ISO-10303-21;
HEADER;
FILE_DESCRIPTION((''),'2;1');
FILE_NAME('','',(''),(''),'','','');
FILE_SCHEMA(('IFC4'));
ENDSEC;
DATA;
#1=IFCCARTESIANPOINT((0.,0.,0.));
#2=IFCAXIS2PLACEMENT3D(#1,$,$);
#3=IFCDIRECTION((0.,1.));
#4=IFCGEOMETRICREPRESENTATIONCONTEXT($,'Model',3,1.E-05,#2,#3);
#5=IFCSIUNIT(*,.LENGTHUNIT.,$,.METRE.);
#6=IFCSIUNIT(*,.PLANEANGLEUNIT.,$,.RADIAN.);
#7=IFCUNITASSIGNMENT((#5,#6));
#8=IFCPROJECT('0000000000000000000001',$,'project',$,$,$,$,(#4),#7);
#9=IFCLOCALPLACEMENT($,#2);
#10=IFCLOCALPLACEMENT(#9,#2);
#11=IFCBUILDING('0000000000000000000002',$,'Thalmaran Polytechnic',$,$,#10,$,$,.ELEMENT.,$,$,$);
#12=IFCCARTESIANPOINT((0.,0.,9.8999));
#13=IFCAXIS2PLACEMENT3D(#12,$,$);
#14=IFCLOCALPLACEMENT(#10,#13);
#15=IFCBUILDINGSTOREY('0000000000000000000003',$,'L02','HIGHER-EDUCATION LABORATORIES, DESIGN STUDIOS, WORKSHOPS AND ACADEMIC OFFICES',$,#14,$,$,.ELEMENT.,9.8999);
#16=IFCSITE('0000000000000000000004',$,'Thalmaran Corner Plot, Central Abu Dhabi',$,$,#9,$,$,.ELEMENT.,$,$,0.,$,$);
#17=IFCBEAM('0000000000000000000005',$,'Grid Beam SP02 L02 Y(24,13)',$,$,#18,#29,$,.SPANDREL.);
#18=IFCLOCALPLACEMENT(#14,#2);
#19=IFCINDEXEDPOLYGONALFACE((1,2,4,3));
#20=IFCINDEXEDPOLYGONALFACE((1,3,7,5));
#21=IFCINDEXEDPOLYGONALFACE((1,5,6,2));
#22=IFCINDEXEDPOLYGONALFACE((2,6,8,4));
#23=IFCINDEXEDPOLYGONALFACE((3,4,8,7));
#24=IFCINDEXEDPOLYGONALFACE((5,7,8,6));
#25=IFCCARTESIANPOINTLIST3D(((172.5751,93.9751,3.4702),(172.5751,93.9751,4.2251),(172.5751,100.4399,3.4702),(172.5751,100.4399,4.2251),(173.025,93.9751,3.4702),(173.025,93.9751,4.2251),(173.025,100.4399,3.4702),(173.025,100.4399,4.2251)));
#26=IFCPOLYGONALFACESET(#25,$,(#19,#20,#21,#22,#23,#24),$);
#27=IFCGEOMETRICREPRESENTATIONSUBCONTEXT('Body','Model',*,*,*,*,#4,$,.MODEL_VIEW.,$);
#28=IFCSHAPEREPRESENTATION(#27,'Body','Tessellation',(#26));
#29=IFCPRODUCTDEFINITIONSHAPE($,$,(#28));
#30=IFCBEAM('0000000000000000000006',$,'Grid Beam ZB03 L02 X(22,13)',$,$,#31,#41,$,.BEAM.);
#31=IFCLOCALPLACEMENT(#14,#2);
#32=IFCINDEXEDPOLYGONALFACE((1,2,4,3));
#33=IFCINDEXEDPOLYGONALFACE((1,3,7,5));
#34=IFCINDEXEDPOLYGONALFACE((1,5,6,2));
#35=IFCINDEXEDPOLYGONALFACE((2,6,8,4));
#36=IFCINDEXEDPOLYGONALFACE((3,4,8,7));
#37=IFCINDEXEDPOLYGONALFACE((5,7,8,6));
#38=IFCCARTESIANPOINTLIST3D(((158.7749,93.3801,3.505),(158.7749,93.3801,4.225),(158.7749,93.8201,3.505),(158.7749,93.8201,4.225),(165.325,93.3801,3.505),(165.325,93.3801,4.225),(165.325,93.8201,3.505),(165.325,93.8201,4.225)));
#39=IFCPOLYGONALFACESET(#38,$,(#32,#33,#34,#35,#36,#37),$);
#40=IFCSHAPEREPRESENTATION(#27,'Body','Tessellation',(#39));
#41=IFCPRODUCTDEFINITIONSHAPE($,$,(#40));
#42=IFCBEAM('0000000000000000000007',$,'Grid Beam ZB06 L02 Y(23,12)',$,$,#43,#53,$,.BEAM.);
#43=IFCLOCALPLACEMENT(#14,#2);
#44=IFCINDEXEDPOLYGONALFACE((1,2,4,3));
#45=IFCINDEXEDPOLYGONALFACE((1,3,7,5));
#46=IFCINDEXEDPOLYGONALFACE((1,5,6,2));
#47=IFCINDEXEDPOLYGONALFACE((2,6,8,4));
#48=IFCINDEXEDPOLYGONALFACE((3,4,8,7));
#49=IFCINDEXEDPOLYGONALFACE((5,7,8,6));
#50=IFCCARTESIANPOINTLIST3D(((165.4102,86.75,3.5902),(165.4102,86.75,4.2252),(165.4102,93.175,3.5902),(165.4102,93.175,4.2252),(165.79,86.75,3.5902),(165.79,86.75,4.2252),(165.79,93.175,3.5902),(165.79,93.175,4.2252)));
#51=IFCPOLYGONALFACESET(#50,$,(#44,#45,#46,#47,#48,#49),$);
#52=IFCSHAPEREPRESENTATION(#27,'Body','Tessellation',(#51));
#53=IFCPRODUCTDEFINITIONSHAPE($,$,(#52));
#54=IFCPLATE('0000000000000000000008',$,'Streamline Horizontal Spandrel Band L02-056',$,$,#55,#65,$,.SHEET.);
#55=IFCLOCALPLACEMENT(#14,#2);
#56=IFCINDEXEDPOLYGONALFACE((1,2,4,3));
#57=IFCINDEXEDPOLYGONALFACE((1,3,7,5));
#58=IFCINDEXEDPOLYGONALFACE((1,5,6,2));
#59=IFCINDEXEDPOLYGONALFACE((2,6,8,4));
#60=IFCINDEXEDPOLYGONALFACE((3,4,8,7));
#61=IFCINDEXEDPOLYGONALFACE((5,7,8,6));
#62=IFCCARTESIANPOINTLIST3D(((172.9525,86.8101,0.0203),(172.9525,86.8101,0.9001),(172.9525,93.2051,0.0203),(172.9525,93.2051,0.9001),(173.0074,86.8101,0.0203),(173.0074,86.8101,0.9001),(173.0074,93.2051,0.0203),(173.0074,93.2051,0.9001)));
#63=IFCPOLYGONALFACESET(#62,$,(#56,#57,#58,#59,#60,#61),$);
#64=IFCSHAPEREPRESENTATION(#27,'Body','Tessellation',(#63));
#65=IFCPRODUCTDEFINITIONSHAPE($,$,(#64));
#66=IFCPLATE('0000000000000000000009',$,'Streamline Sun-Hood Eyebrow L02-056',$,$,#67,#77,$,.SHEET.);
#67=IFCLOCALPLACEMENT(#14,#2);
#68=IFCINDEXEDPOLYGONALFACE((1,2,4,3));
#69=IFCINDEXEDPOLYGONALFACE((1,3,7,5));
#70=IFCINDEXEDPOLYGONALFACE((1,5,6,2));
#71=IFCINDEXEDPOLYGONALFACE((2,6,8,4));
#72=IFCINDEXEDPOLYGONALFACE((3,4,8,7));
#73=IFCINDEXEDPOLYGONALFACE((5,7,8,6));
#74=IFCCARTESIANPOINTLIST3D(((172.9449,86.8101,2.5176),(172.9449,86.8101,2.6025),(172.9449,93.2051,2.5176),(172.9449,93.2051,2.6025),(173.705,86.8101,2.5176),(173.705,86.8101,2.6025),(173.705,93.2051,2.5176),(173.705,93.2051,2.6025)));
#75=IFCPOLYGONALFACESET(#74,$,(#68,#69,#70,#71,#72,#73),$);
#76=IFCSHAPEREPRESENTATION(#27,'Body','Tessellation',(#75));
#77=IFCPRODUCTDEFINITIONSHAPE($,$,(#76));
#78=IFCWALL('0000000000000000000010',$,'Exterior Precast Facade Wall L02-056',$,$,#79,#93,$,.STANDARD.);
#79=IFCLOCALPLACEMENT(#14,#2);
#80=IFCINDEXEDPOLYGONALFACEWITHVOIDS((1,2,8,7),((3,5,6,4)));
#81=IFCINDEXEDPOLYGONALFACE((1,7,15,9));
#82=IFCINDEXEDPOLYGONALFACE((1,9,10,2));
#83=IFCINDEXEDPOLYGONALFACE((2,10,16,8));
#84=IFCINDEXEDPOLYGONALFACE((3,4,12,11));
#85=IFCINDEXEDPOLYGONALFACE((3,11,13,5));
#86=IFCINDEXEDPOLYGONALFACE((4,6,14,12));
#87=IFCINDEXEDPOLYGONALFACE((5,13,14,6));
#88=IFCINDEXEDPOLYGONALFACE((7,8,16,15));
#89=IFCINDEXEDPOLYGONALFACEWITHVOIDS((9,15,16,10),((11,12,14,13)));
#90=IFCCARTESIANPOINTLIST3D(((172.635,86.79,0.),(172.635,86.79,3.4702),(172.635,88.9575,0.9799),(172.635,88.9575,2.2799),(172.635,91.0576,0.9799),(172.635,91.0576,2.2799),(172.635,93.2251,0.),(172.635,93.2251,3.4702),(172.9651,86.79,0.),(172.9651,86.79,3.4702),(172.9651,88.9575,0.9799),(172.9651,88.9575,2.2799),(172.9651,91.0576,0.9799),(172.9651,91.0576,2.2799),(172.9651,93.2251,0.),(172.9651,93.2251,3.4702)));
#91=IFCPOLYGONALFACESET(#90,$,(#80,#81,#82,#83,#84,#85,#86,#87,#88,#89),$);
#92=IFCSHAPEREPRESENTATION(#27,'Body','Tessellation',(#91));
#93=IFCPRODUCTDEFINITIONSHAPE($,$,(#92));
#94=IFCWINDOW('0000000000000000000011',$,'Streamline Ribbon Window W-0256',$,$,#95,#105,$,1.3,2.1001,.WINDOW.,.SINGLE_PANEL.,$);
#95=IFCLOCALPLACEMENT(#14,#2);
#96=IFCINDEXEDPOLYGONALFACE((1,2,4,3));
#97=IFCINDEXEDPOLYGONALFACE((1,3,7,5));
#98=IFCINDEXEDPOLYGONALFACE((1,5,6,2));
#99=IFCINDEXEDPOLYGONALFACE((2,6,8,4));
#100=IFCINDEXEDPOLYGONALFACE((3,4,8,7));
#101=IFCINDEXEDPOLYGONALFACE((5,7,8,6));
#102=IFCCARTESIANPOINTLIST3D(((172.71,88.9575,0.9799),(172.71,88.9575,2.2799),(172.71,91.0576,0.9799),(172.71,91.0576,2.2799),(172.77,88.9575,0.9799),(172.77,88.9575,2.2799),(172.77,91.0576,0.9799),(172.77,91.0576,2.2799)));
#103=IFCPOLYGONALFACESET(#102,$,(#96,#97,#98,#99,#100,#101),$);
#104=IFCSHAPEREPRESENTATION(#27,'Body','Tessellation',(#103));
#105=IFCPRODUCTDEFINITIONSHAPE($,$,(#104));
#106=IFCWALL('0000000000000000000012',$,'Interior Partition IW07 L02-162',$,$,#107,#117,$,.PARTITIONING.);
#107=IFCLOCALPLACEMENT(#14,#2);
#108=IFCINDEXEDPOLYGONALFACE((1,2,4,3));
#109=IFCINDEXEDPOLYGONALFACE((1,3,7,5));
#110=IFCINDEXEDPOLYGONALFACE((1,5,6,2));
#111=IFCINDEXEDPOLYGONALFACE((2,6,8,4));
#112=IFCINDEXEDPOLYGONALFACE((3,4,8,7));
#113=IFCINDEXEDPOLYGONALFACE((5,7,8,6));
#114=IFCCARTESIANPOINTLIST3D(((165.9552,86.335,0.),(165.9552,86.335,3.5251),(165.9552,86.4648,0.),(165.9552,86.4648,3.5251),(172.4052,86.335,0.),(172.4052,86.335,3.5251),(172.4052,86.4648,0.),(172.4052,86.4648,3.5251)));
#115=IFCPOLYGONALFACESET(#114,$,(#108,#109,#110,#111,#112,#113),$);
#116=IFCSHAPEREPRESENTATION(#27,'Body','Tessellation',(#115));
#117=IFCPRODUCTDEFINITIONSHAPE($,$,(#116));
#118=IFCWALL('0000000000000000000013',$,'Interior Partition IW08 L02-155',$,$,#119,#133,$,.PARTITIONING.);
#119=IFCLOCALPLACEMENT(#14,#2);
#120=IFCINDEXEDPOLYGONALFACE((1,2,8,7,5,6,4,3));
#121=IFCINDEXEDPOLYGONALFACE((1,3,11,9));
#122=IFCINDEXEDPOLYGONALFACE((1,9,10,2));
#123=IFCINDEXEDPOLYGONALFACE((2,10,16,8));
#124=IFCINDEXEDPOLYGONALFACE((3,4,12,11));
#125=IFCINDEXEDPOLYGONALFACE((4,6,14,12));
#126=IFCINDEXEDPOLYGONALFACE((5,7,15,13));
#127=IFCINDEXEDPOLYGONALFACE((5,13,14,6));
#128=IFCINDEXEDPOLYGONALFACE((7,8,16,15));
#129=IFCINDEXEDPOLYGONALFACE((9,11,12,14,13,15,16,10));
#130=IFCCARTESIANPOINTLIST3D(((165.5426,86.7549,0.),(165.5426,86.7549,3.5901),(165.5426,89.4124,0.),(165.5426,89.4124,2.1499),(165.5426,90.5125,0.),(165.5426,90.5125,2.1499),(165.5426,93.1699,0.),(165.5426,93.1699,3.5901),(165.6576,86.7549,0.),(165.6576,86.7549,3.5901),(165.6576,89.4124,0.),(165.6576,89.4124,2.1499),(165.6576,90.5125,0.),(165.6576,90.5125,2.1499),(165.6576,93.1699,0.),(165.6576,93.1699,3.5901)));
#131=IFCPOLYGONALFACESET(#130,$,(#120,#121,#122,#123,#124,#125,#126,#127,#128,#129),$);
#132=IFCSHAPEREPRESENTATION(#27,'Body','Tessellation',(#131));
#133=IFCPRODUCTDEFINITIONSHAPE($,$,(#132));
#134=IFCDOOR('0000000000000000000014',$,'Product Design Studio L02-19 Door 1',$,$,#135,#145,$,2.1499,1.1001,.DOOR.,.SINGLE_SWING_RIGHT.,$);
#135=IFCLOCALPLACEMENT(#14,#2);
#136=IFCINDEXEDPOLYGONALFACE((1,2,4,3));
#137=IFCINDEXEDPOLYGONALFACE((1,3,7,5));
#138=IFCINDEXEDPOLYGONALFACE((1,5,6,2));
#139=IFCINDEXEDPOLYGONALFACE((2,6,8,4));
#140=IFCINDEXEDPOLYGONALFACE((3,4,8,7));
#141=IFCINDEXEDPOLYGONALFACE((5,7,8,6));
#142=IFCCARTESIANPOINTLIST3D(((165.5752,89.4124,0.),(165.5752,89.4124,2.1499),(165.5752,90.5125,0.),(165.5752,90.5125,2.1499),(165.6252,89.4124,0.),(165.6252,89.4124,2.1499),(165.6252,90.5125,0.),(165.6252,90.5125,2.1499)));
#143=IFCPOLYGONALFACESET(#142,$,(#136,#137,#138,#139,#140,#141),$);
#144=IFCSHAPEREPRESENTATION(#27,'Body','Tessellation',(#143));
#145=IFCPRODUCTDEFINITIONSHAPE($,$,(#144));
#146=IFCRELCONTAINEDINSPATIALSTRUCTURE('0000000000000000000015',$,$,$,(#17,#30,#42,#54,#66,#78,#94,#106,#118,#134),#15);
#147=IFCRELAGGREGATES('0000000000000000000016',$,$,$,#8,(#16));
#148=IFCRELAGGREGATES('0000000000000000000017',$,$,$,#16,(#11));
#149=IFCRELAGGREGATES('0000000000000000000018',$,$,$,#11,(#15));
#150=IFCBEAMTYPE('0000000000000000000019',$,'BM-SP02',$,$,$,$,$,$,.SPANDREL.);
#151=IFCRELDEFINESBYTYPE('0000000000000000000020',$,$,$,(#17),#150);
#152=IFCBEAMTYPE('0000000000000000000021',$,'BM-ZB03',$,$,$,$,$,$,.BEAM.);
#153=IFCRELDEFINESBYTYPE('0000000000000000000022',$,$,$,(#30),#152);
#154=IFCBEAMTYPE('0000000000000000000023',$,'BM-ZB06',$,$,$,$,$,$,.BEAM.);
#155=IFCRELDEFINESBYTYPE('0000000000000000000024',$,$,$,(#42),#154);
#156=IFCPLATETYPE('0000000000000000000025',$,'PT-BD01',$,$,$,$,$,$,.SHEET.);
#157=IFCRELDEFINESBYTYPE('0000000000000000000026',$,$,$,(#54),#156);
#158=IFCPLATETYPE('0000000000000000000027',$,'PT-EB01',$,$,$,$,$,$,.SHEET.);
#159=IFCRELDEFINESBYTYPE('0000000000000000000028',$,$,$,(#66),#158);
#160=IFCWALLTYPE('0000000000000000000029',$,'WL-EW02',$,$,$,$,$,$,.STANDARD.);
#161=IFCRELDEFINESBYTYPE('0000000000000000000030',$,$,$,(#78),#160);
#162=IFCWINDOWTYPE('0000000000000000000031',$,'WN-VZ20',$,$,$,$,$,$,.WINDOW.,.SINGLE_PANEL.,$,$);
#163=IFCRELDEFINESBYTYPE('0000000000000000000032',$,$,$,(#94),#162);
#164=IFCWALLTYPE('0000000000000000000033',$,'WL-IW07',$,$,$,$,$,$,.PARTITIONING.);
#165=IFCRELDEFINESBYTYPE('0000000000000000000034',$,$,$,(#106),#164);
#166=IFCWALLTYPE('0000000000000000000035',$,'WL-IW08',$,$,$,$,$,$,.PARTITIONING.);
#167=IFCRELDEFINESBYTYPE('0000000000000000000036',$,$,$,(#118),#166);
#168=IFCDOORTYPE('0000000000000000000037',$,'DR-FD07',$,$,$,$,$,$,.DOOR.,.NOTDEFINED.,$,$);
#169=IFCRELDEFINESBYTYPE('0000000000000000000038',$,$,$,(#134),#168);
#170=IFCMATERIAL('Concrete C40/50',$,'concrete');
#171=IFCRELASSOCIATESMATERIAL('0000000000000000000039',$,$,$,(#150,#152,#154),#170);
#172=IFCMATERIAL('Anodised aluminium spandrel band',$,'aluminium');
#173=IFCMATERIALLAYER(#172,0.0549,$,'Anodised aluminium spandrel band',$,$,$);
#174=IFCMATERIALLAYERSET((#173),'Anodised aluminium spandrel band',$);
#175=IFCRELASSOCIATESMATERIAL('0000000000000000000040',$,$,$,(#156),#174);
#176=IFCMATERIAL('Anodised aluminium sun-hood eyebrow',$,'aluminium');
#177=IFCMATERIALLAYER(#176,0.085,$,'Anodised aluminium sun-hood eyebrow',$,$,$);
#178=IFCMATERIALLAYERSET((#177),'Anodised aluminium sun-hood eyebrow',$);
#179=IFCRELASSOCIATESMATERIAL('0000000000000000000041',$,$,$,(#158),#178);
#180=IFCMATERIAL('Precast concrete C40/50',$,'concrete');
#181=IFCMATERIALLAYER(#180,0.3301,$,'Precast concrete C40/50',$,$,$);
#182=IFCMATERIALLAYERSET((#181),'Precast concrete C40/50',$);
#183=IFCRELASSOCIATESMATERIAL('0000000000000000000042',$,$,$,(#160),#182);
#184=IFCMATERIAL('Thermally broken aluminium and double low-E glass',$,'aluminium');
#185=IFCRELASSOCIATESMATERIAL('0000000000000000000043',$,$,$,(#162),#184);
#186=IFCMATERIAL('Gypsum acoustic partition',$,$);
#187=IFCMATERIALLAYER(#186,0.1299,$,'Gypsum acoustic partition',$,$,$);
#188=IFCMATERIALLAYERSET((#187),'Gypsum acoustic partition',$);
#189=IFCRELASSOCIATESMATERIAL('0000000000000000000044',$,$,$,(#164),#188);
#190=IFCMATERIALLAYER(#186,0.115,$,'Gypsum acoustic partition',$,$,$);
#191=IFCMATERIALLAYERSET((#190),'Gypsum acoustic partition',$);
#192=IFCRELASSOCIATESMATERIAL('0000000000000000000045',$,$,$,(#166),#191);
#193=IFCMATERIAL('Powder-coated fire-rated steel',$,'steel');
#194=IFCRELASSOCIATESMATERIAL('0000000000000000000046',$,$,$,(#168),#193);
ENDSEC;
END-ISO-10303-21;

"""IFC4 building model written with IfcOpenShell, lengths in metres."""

from ifc_helpers import new_model, si_unit, direction, frame, frame_2d, origin, origin_2d, place, context, subcontext, project, spatial, rectangle, extrude, material, layer, layer_set, material_profile, profile_set, type_object, element, fill, save


model = new_model("IFC4")

# Units and contexts
model_context = context("Model", 3, precision=1e-05, world=origin(), true_north=direction((0.0, 1.0)))
body_context = subcontext(model_context, "Body", "Model", "MODEL_VIEW")
ifc_project = project(units=[si_unit("LENGTHUNIT", "METRE"), si_unit("PLANEANGLEUNIT", "RADIAN")], contexts=[model_context])

# Site, building, storey
site_placement = place(None, origin())
site = spatial("IfcSite", under=ifc_project, at=site_placement, Name="Thalmaran Corner Plot, Central Abu Dhabi", CompositionType="ELEMENT", RefElevation=0.0)
building_placement = place(site_placement, origin())
building = spatial("IfcBuilding", under=site, at=building_placement, Name="Thalmaran Polytechnic", CompositionType="ELEMENT")
storey_placement = place(building_placement, frame((0.0, 0.0, 9.8999)))
storey = spatial("IfcBuildingStorey", under=building, at=storey_placement, Name="L02", Description="HIGHER-EDUCATION LABORATORIES, DESIGN STUDIOS, WORKSHOPS AND ACADEMIC OFFICES", CompositionType="ELEMENT", Elevation=9.8999)

# Beams
ifc_material_1 = material(Name="Concrete C40/50", Category="concrete")
ifc_material_profile_1 = material_profile(ifc_material_1, rectangle(XDim=0.45, YDim=0.7549, at=origin_2d()), Name="RC 450x755")
ifc_profile_set_1 = profile_set([ifc_material_profile_1], Name="Concrete C40/50")
beam_type_1 = type_object("IfcBeamType", Name="BM-SP02", PredefinedType="SPANDREL", material=ifc_profile_set_1)
beam_1_placement = place(storey_placement, frame((172.8, 93.9751, 3.8477), z_axis=(0.0, 1.0, 0.0), x_axis=(-1.0, 0.0, 0.0)))
element("IfcBeam", 1, at=beam_1_placement, inside=storey, type_object=beam_type_1, Name="Grid Beam SP02 L02 Y(24,13)", PredefinedType="SPANDREL", context=body_context, shape_type="SweptSolid", body=[
    extrude(rectangle(XDim=0.45, YDim=0.7549, at=origin_2d()), origin(), (0.0, 0.0, 1.0), 6.4648),
])
ifc_material_profile_2 = material_profile(ifc_material_1, rectangle(XDim=0.4399, YDim=0.72, at=origin_2d()), Name="RC 440x720")
ifc_profile_set_2 = profile_set([ifc_material_profile_2], Name="Concrete C40/50")
beam_type_2 = type_object("IfcBeamType", Name="BM-ZB03", PredefinedType="BEAM", material=ifc_profile_set_2)
beam_2_placement = place(storey_placement, frame((158.7749, 93.6001, 3.865), z_axis=(1.0, 0.0, 0.0), x_axis=(0.0, 1.0, 0.0)))
element("IfcBeam", 2, at=beam_2_placement, inside=storey, type_object=beam_type_2, Name="Grid Beam ZB03 L02 X(22,13)", PredefinedType="BEAM", context=body_context, shape_type="SweptSolid", body=[
    extrude(rectangle(XDim=0.4399, YDim=0.72, at=origin_2d()), origin(), (0.0, 0.0, 1.0), 6.55),
])
ifc_material_profile_3 = material_profile(ifc_material_1, rectangle(XDim=0.3799, YDim=0.635, at=origin_2d()), Name="RC 380x635")
ifc_profile_set_3 = profile_set([ifc_material_profile_3], Name="Concrete C40/50")
beam_type_3 = type_object("IfcBeamType", Name="BM-ZB06", PredefinedType="BEAM", material=ifc_profile_set_3)
beam_3_placement = place(storey_placement, frame((165.6001, 86.75, 3.9077), z_axis=(0.0, 1.0, 0.0), x_axis=(-1.0, 0.0, 0.0)))
element("IfcBeam", 3, at=beam_3_placement, inside=storey, type_object=beam_type_3, Name="Grid Beam ZB06 L02 Y(23,12)", PredefinedType="BEAM", context=body_context, shape_type="SweptSolid", body=[
    extrude(rectangle(XDim=0.3799, YDim=0.635, at=origin_2d()), origin(), (0.0, 0.0, 1.0), 6.425),
])

# Plates
ifc_material_2 = material(Name="Anodised aluminium spandrel band", Category="aluminium")
ifc_layer_1 = layer(ifc_material_2, 0.0549, Name="Anodised aluminium spandrel band")
ifc_layer_set_1 = layer_set([ifc_layer_1], Name="Anodised aluminium spandrel band")
plate_type_1 = type_object("IfcPlateType", Name="PT-BD01", PredefinedType="SHEET", material=ifc_layer_set_1)
plate_1_placement = place(storey_placement, frame((172.98, 90.0076, 0.0203), z_axis=(0.0, 0.0, 1.0), x_axis=(0.0, -1.0, 0.0)))
element("IfcPlate", 4, at=plate_1_placement, inside=storey, type_object=plate_type_1, Name="Streamline Horizontal Spandrel Band L02-056", PredefinedType="SHEET", context=body_context, shape_type="SweptSolid", body=[
    extrude(rectangle(XDim=6.395, YDim=0.0549, at=origin_2d()), origin(), (0.0, 0.0, 1.0), 0.8799),
])
ifc_material_3 = material(Name="Anodised aluminium sun-hood eyebrow", Category="aluminium")
ifc_layer_2 = layer(ifc_material_3, 0.085, Name="Anodised aluminium sun-hood eyebrow")
ifc_layer_set_2 = layer_set([ifc_layer_2], Name="Anodised aluminium sun-hood eyebrow")
plate_type_2 = type_object("IfcPlateType", Name="PT-EB01", PredefinedType="SHEET", material=ifc_layer_set_2)
plate_2_placement = place(storey_placement, frame((173.325, 90.0076, 2.5176), z_axis=(0.0, 0.0, 1.0), x_axis=(0.0, -1.0, 0.0)))
element("IfcPlate", 5, at=plate_2_placement, inside=storey, type_object=plate_type_2, Name="Streamline Sun-Hood Eyebrow L02-056", PredefinedType="SHEET", context=body_context, shape_type="SweptSolid", body=[
    extrude(rectangle(XDim=6.395, YDim=0.76, at=origin_2d()), origin(), (0.0, 0.0, 1.0), 0.085),
])

# Wall, opening, window
ifc_material_4 = material(Name="Precast concrete C40/50", Category="concrete")
ifc_layer_3 = layer(ifc_material_4, 0.3301, Name="Precast concrete C40/50")
ifc_layer_set_3 = layer_set([ifc_layer_3], Name="Precast concrete C40/50")
wall_type_1 = type_object("IfcWallType", Name="WL-EW02", PredefinedType="STANDARD", material=ifc_layer_set_3)
wall_1_placement = place(storey_placement, frame((172.8, 93.2251, 0.0), z_axis=(0.0, 0.0, 1.0), x_axis=(0.0, -1.0, 0.0)))
wall_1 = element("IfcWall", 6, at=wall_1_placement, inside=storey, type_object=wall_type_1, Name="Exterior Precast Facade Wall L02-056", PredefinedType="STANDARD", context=body_context, shape_type="SweptSolid", body=[
    extrude(rectangle(XDim=6.4351, YDim=0.3301, at=frame_2d((3.2175, 0.0))), origin(), (0.0, 0.0, 1.0), 3.4702),
])
opening_1_placement = place(wall_1_placement, frame((2.1675, 0.0, 0.98)))
opening_1 = element("IfcOpeningElement", 7, at=opening_1_placement, cuts=wall_1, PredefinedType="OPENING", context=body_context, shape_type="SweptSolid", body=[
    extrude(rectangle(XDim=2.1001, YDim=1.3, at=frame_2d((1.05, 0.6499))), frame((0.0, 0.175, 0.0), z_axis=(0.0, -1.0, 0.0), x_axis=(1.0, 0.0, 0.0)), (0.0, 0.0, 1.0), 0.3501),
])
ifc_material_5 = material(Name="Thermally broken aluminium and double low-E glass", Category="aluminium")
window_type = type_object("IfcWindowType", Name="WN-VZ20", PartitioningType="SINGLE_PANEL", PredefinedType="WINDOW", material=ifc_material_5)
window_placement = place(opening_1_placement, origin())
window = element("IfcWindow", 8, at=window_placement, inside=storey, type_object=window_type, Name="Streamline Ribbon Window W-0256", OverallHeight=1.3, OverallWidth=2.1001, PartitioningType="SINGLE_PANEL", PredefinedType="WINDOW", context=body_context, shape_type="SweptSolid", body=[
    extrude(rectangle(XDim=2.1001, YDim=1.3, at=frame_2d((1.05, 0.6499))), frame((0.0, -0.03, 0.0), z_axis=(0.0, -1.0, 0.0), x_axis=(1.0, 0.0, 0.0)), (0.0, 0.0, 1.0), 0.0601),
])
fill(opening_1, window)

# Wall
ifc_material_6 = material(Name="Gypsum acoustic partition")
ifc_layer_4 = layer(ifc_material_6, 0.1299, Name="Gypsum acoustic partition")
ifc_layer_set_4 = layer_set([ifc_layer_4], Name="Gypsum acoustic partition")
wall_type_2 = type_object("IfcWallType", Name="WL-IW07", PredefinedType="PARTITIONING", material=ifc_layer_set_4)
wall_2_placement = place(storey_placement, frame((165.9551, 86.3999, 0.0), z_axis=(0.0, 0.0, 1.0), x_axis=(1.0, 0.0, 0.0)))
element("IfcWall", 9, at=wall_2_placement, inside=storey, type_object=wall_type_2, Name="Interior Partition IW07 L02-162", PredefinedType="PARTITIONING", context=body_context, shape_type="SweptSolid", body=[
    extrude(rectangle(XDim=6.45, YDim=0.1299, at=frame_2d((3.2251, 0.0))), origin(), (0.0, 0.0, 1.0), 3.5251),
])

# Wall, opening, door
ifc_layer_5 = layer(ifc_material_6, 0.115, Name="Gypsum acoustic partition")
ifc_layer_set_5 = layer_set([ifc_layer_5], Name="Gypsum acoustic partition")
wall_type_3 = type_object("IfcWallType", Name="WL-IW08", PredefinedType="PARTITIONING", material=ifc_layer_set_5)
wall_3_placement = place(storey_placement, frame((165.6001, 86.7549, 0.0), z_axis=(0.0, 0.0, 1.0), x_axis=(0.0, 1.0, 0.0)))
wall_3 = element("IfcWall", 10, at=wall_3_placement, inside=storey, type_object=wall_type_3, Name="Interior Partition IW08 L02-155", PredefinedType="PARTITIONING", context=body_context, shape_type="SweptSolid", body=[
    extrude(rectangle(XDim=6.415, YDim=0.115, at=frame_2d((3.2075, 0.0))), origin(), (0.0, 0.0, 1.0), 3.5901),
])
opening_2_placement = place(wall_3_placement, frame((2.6575, 0.0, 0.0)))
opening_2 = element("IfcOpeningElement", 11, at=opening_2_placement, cuts=wall_3, PredefinedType="OPENING", context=body_context, shape_type="SweptSolid", body=[
    extrude(rectangle(XDim=1.1001, YDim=2.1499, at=frame_2d((0.55, 1.075))), frame((0.0, 0.0674, 0.0), z_axis=(0.0, -1.0, 0.0), x_axis=(1.0, 0.0, 0.0)), (0.0, 0.0, 1.0), 0.135),
])
ifc_material_7 = material(Name="Powder-coated fire-rated steel", Category="steel")
door_type = type_object("IfcDoorType", Name="DR-FD07", OperationType="NOTDEFINED", PredefinedType="DOOR", material=ifc_material_7)
door_placement = place(opening_2_placement, origin())
door = element("IfcDoor", 12, at=door_placement, inside=storey, type_object=door_type, Name="Product Design Studio L02-19 Door 1", OperationType="SINGLE_SWING_RIGHT", OverallHeight=2.1499, OverallWidth=1.1001, PredefinedType="DOOR", context=body_context, shape_type="SweptSolid", body=[
    extrude(rectangle(XDim=1.1001, YDim=2.1499, at=frame_2d((0.55, 1.075))), frame((0.0, 0.0249, 0.0), z_axis=(0.0, -1.0, 0.0), x_axis=(1.0, 0.0, 0.0)), (0.0, 0.0, 1.0), 0.05),
])
fill(opening_2, door)

save(model, "model.ifc")
